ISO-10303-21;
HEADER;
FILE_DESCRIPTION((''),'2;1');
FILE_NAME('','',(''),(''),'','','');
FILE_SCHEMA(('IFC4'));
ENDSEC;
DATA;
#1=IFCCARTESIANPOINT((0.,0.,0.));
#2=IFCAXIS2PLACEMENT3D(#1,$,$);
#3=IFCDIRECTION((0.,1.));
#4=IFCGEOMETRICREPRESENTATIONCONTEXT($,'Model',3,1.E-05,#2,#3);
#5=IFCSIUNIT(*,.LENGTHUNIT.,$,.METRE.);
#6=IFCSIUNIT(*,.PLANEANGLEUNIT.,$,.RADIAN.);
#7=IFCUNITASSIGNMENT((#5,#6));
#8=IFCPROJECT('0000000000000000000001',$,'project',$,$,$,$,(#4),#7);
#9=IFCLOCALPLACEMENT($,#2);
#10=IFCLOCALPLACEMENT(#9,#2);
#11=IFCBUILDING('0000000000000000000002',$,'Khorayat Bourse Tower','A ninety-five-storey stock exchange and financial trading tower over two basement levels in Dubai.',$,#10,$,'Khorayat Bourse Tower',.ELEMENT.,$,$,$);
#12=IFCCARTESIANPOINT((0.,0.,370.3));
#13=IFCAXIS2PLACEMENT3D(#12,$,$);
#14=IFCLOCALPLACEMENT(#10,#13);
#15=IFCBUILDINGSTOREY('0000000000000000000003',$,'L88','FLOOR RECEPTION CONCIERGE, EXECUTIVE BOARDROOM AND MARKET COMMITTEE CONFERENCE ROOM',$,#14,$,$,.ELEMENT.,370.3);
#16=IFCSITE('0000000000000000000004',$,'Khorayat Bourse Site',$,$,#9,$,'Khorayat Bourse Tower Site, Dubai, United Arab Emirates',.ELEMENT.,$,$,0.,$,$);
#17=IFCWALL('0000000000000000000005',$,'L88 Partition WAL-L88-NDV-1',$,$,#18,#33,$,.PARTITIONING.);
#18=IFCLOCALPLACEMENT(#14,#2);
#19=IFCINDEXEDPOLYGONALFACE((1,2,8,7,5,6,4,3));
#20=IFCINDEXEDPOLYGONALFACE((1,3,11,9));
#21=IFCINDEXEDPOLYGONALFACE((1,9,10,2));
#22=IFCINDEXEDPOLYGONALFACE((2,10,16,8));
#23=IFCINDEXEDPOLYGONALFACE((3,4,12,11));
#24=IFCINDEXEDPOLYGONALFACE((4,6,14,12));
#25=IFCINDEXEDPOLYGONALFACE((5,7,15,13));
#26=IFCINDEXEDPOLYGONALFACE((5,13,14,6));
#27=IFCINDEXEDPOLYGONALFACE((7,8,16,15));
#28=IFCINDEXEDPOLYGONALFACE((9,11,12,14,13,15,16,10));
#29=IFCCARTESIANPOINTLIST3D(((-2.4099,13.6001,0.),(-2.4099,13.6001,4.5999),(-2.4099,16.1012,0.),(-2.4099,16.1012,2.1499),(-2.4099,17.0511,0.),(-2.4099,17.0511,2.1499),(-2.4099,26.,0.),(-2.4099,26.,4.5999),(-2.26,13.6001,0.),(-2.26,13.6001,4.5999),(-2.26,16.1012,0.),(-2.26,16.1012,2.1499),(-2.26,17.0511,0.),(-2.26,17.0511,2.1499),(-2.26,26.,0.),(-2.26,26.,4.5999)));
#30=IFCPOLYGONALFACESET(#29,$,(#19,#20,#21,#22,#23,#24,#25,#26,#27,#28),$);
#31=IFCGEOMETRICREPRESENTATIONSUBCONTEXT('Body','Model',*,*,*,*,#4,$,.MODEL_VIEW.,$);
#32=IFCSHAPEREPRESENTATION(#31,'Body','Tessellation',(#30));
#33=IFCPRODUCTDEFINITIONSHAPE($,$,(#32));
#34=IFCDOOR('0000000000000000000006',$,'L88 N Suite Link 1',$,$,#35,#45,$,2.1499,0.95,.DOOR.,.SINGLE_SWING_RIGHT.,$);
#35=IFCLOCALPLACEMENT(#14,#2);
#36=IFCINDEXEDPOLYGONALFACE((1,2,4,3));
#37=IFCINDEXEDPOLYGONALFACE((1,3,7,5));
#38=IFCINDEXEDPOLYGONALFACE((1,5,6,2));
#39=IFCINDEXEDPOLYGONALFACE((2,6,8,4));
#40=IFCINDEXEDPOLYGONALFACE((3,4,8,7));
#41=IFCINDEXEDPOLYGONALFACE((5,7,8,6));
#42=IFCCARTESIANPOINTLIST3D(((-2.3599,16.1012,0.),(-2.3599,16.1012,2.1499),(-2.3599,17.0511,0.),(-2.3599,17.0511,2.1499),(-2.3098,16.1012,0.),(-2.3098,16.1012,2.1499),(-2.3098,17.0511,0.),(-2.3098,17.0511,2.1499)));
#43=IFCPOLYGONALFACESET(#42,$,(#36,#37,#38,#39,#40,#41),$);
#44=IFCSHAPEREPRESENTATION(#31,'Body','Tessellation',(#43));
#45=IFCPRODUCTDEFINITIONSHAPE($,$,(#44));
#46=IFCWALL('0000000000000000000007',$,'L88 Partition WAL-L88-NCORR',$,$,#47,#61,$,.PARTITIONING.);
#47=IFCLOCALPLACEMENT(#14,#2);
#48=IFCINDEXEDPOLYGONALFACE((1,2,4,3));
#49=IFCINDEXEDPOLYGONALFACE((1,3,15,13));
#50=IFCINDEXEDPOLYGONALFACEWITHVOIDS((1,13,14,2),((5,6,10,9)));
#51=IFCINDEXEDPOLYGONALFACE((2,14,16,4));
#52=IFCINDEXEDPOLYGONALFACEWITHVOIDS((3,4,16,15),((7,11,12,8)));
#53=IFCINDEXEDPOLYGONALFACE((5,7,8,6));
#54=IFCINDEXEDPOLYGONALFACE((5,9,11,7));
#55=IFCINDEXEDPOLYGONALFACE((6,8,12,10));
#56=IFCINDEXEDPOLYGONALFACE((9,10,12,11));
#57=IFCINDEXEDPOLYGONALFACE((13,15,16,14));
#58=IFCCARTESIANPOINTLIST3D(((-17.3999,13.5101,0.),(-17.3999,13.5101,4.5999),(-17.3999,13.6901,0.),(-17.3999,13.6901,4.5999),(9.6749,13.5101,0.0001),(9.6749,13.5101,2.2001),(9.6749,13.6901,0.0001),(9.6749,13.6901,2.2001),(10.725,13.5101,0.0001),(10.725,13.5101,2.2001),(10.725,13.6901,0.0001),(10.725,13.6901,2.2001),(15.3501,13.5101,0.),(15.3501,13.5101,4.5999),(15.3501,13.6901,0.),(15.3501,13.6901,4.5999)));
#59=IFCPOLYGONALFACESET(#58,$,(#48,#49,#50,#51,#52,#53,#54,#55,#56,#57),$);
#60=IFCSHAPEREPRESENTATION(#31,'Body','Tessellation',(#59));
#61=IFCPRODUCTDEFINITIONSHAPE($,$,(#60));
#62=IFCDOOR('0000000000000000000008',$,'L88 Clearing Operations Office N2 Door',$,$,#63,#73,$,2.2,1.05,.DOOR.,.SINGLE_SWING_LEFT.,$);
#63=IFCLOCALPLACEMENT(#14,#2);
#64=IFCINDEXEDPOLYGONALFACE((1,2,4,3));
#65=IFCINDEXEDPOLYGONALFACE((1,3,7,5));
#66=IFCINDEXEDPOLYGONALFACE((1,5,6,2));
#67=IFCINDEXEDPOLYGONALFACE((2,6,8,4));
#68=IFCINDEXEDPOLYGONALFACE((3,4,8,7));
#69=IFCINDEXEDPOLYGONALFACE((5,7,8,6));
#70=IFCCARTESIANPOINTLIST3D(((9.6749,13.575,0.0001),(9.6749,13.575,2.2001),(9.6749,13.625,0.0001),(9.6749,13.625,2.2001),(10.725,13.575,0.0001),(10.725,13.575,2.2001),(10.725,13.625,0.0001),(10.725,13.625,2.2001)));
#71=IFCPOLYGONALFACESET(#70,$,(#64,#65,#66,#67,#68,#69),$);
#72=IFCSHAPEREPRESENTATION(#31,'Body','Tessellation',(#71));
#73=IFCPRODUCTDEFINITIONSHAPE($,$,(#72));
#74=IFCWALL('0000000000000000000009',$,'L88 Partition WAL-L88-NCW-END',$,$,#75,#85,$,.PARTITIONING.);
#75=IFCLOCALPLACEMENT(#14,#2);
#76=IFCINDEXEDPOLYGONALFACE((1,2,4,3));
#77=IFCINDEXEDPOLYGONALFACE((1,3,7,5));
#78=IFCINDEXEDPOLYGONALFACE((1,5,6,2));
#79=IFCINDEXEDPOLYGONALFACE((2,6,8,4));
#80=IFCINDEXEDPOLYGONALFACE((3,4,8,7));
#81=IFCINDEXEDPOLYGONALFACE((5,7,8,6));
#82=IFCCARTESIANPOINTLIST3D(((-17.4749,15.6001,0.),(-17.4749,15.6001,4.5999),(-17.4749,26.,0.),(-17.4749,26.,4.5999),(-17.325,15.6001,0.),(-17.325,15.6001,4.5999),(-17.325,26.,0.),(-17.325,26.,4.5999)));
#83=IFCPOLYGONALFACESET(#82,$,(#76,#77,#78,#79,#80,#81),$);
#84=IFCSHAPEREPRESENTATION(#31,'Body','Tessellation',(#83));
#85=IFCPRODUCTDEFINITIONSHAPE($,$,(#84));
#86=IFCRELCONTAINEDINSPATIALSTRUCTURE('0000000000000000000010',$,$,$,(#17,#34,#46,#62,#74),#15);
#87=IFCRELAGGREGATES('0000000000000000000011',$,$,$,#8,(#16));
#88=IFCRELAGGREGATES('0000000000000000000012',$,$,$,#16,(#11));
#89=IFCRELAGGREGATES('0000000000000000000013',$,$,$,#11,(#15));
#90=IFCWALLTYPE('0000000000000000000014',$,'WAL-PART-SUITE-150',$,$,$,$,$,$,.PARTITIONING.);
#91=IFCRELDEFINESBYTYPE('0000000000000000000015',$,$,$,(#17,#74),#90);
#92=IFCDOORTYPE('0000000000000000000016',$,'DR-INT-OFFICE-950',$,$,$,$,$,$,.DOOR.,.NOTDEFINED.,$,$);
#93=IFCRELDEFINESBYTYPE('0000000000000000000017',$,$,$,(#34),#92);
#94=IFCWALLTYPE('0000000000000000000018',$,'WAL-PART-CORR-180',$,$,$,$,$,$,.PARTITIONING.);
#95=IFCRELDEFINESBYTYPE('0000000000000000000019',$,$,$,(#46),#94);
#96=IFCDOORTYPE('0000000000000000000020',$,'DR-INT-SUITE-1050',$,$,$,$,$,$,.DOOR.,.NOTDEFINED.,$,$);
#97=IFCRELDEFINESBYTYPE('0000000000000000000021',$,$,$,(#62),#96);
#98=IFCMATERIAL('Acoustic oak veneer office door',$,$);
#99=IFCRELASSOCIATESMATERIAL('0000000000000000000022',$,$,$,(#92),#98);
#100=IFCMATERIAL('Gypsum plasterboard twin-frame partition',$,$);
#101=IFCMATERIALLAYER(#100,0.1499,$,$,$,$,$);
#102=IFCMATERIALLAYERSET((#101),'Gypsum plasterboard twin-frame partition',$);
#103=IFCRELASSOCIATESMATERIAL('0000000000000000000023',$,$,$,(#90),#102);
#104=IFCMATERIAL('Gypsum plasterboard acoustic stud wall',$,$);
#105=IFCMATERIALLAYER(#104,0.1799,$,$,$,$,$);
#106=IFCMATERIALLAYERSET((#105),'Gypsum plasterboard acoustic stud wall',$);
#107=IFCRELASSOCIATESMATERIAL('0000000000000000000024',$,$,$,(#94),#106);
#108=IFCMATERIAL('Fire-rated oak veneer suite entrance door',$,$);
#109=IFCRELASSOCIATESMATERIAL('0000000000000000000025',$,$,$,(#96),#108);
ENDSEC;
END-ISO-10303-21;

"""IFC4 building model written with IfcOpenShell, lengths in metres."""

from ifc_helpers import new_model, si_unit, direction, frame, frame_2d, origin, place, context, subcontext, project, spatial, rectangle, extrude, source, transform, mapped, material, layer, layer_set, type_object, element, fill, save


model = new_model("IFC4")

# Units and contexts
model_context = context("Model", 3, precision=1e-05, world=origin(), true_north=direction((0.0, 1.0)))
body_context = subcontext(model_context, "Body", "Model", "MODEL_VIEW")
ifc_project = project(units=[si_unit("LENGTHUNIT", "METRE"), si_unit("PLANEANGLEUNIT", "RADIAN")], contexts=[model_context])

# Site, building, storey
site_placement = place(None, origin())
site = spatial("IfcSite", under=ifc_project, at=site_placement, Name="Khorayat Bourse Site", LongName="Khorayat Bourse Tower Site, Dubai, United Arab Emirates", CompositionType="ELEMENT", RefElevation=0.0)
building_placement = place(site_placement, origin())
building = spatial("IfcBuilding", under=site, at=building_placement, Name="Khorayat Bourse Tower", Description="A ninety-five-storey stock exchange and financial trading tower over two basement levels in Dubai.", LongName="Khorayat Bourse Tower", CompositionType="ELEMENT")
storey_placement = place(building_placement, frame((0.0, 0.0, 370.3)))
storey = spatial("IfcBuildingStorey", under=building, at=storey_placement, Name="L88", Description="FLOOR RECEPTION CONCIERGE, EXECUTIVE BOARDROOM AND MARKET COMMITTEE CONFERENCE ROOM", CompositionType="ELEMENT", Elevation=370.3)

# Walls, openings, doors
ifc_material_1 = material(Name="Acoustic oak veneer office door")
door_type_1 = type_object("IfcDoorType", Name="DR-INT-OFFICE-950", OperationType="NOTDEFINED", PredefinedType="DOOR", material=ifc_material_1)
shared_shape_1 = source(origin(), body_context, "Body", "SweptSolid", [
    extrude(rectangle(XDim=0.95, YDim=2.1499, at=frame_2d((0.4751, 1.075))), frame((0.0, 0.0249, 0.0), z_axis=(0.0, -1.0, 0.0), x_axis=(1.0, 0.0, 0.0)), (0.0, 0.0, 1.0), 0.05),
])
ifc_material_2 = material(Name="Gypsum plasterboard twin-frame partition")
ifc_layer_1 = layer(ifc_material_2, 0.1499)
ifc_layer_set_1 = layer_set([ifc_layer_1], Name="Gypsum plasterboard twin-frame partition")
wall_type_1 = type_object("IfcWallType", Name="WAL-PART-SUITE-150", PredefinedType="PARTITIONING", material=ifc_layer_set_1)
shared_shape_2 = source(origin(), body_context, "Body", "SweptSolid", [
    extrude(rectangle(XDim=12.3999, YDim=0.1499, at=frame_2d((6.2, 0.0))), origin(), (0.0, 0.0, 1.0), 4.5999),
])
wall_1_placement = place(storey_placement, frame((-2.335, 13.6001, 0.0), z_axis=(0.0, 0.0, 1.0), x_axis=(0.0, 1.0, 0.0)))
wall_1 = element("IfcWall", 1, at=wall_1_placement, inside=storey, type_object=wall_type_1, Name="L88 Partition WAL-L88-NDV-1", PredefinedType="PARTITIONING", context=body_context, shape_type="MappedRepresentation", body=[
    mapped(shared_shape_2, transform((0.0, 0.0, 0.0), scale=1.0)),
])
shared_shape_3 = source(origin(), body_context, "Body", "SweptSolid", [
    extrude(rectangle(XDim=0.95, YDim=2.1499, at=frame_2d((0.4751, 1.075))), frame((0.0, 0.085, 0.0), z_axis=(0.0, -1.0, 0.0), x_axis=(1.0, 0.0, 0.0)), (0.0, 0.0, 1.0), 0.1699),
])
opening_1_placement = place(wall_1_placement, frame((2.501, 0.0, 0.0)))
opening_1 = element("IfcOpeningElement", 2, at=opening_1_placement, cuts=wall_1, PredefinedType="OPENING", context=body_context, shape_type="MappedRepresentation", body=[
    mapped(shared_shape_3, transform((0.0, 0.0, 0.0), scale=1.0)),
])
door_1_placement = place(opening_1_placement, origin())
door_1 = element("IfcDoor", 3, at=door_1_placement, inside=storey, type_object=door_type_1, Name="L88 N Suite Link 1", OperationType="SINGLE_SWING_RIGHT", OverallHeight=2.1499, OverallWidth=0.95, PredefinedType="DOOR", context=body_context, shape_type="MappedRepresentation", body=[
    mapped(shared_shape_1, transform((0.0, 0.0, 0.0), scale=1.0)),
])
fill(opening_1, door_1)
ifc_material_3 = material(Name="Gypsum plasterboard acoustic stud wall")
ifc_layer_2 = layer(ifc_material_3, 0.1799)
ifc_layer_set_2 = layer_set([ifc_layer_2], Name="Gypsum plasterboard acoustic stud wall")
wall_type_2 = type_object("IfcWallType", Name="WAL-PART-CORR-180", PredefinedType="PARTITIONING", material=ifc_layer_set_2)
shared_shape_4 = source(origin(), body_context, "Body", "SweptSolid", [
    extrude(rectangle(XDim=32.75, YDim=0.1799, at=frame_2d((16.375, 0.0))), origin(), (0.0, 0.0, 1.0), 4.5999),
])
wall_2_placement = place(storey_placement, frame((-17.3999, 13.6001, 0.0), z_axis=(0.0, 0.0, 1.0), x_axis=(1.0, 0.0, 0.0)))
wall_2 = element("IfcWall", 4, at=wall_2_placement, inside=storey, type_object=wall_type_2, Name="L88 Partition WAL-L88-NCORR", PredefinedType="PARTITIONING", context=body_context, shape_type="MappedRepresentation", body=[
    mapped(shared_shape_4, transform((0.0, 0.0, 0.0), scale=1.0)),
])
shared_shape_5 = source(origin(), body_context, "Body", "SweptSolid", [
    extrude(rectangle(XDim=1.05, YDim=2.2, at=frame_2d((0.5249, 1.1001))), frame((0.0, 0.0999, 0.0), z_axis=(0.0, -1.0, 0.0), x_axis=(1.0, 0.0, 0.0)), (0.0, 0.0, 1.0), 0.2),
])
opening_2_placement = place(wall_2_placement, frame((27.075, 0.0, 0.0)))
opening_2 = element("IfcOpeningElement", 5, at=opening_2_placement, cuts=wall_2, PredefinedType="OPENING", context=body_context, shape_type="MappedRepresentation", body=[
    mapped(shared_shape_5, transform((0.0, 0.0, 0.0), scale=1.0)),
])
ifc_material_4 = material(Name="Fire-rated oak veneer suite entrance door")
door_type_2 = type_object("IfcDoorType", Name="DR-INT-SUITE-1050", OperationType="NOTDEFINED", PredefinedType="DOOR", material=ifc_material_4)
shared_shape_6 = source(origin(), body_context, "Body", "SweptSolid", [
    extrude(rectangle(XDim=1.05, YDim=2.2, at=frame_2d((0.5249, 1.1001))), frame((0.0, 0.0249, 0.0), z_axis=(0.0, -1.0, 0.0), x_axis=(1.0, 0.0, 0.0)), (0.0, 0.0, 1.0), 0.05),
])
door_2_placement = place(opening_2_placement, origin())
door_2 = element("IfcDoor", 6, at=door_2_placement, inside=storey, type_object=door_type_2, Name="L88 Clearing Operations Office N2 Door", OperationType="SINGLE_SWING_LEFT", OverallHeight=2.2, OverallWidth=1.05, PredefinedType="DOOR", context=body_context, shape_type="MappedRepresentation", body=[
    mapped(shared_shape_6, transform((0.0, 0.0, 0.0), scale=1.0)),
])
fill(opening_2, door_2)

# Wall
shared_shape_7 = source(origin(), body_context, "Body", "SweptSolid", [
    extrude(rectangle(XDim=10.3999, YDim=0.1499, at=frame_2d((5.2, 0.0))), origin(), (0.0, 0.0, 1.0), 4.5999),
])
wall_3_placement = place(storey_placement, frame((-17.3999, 15.6001, 0.0), z_axis=(0.0, 0.0, 1.0), x_axis=(0.0, 1.0, 0.0)))
element("IfcWall", 7, at=wall_3_placement, inside=storey, type_object=wall_type_1, Name="L88 Partition WAL-L88-NCW-END", PredefinedType="PARTITIONING", context=body_context, shape_type="MappedRepresentation", body=[
    mapped(shared_shape_7, transform((0.0, 0.0, 0.0), scale=1.0)),
])

save(model, "model.ifc")
